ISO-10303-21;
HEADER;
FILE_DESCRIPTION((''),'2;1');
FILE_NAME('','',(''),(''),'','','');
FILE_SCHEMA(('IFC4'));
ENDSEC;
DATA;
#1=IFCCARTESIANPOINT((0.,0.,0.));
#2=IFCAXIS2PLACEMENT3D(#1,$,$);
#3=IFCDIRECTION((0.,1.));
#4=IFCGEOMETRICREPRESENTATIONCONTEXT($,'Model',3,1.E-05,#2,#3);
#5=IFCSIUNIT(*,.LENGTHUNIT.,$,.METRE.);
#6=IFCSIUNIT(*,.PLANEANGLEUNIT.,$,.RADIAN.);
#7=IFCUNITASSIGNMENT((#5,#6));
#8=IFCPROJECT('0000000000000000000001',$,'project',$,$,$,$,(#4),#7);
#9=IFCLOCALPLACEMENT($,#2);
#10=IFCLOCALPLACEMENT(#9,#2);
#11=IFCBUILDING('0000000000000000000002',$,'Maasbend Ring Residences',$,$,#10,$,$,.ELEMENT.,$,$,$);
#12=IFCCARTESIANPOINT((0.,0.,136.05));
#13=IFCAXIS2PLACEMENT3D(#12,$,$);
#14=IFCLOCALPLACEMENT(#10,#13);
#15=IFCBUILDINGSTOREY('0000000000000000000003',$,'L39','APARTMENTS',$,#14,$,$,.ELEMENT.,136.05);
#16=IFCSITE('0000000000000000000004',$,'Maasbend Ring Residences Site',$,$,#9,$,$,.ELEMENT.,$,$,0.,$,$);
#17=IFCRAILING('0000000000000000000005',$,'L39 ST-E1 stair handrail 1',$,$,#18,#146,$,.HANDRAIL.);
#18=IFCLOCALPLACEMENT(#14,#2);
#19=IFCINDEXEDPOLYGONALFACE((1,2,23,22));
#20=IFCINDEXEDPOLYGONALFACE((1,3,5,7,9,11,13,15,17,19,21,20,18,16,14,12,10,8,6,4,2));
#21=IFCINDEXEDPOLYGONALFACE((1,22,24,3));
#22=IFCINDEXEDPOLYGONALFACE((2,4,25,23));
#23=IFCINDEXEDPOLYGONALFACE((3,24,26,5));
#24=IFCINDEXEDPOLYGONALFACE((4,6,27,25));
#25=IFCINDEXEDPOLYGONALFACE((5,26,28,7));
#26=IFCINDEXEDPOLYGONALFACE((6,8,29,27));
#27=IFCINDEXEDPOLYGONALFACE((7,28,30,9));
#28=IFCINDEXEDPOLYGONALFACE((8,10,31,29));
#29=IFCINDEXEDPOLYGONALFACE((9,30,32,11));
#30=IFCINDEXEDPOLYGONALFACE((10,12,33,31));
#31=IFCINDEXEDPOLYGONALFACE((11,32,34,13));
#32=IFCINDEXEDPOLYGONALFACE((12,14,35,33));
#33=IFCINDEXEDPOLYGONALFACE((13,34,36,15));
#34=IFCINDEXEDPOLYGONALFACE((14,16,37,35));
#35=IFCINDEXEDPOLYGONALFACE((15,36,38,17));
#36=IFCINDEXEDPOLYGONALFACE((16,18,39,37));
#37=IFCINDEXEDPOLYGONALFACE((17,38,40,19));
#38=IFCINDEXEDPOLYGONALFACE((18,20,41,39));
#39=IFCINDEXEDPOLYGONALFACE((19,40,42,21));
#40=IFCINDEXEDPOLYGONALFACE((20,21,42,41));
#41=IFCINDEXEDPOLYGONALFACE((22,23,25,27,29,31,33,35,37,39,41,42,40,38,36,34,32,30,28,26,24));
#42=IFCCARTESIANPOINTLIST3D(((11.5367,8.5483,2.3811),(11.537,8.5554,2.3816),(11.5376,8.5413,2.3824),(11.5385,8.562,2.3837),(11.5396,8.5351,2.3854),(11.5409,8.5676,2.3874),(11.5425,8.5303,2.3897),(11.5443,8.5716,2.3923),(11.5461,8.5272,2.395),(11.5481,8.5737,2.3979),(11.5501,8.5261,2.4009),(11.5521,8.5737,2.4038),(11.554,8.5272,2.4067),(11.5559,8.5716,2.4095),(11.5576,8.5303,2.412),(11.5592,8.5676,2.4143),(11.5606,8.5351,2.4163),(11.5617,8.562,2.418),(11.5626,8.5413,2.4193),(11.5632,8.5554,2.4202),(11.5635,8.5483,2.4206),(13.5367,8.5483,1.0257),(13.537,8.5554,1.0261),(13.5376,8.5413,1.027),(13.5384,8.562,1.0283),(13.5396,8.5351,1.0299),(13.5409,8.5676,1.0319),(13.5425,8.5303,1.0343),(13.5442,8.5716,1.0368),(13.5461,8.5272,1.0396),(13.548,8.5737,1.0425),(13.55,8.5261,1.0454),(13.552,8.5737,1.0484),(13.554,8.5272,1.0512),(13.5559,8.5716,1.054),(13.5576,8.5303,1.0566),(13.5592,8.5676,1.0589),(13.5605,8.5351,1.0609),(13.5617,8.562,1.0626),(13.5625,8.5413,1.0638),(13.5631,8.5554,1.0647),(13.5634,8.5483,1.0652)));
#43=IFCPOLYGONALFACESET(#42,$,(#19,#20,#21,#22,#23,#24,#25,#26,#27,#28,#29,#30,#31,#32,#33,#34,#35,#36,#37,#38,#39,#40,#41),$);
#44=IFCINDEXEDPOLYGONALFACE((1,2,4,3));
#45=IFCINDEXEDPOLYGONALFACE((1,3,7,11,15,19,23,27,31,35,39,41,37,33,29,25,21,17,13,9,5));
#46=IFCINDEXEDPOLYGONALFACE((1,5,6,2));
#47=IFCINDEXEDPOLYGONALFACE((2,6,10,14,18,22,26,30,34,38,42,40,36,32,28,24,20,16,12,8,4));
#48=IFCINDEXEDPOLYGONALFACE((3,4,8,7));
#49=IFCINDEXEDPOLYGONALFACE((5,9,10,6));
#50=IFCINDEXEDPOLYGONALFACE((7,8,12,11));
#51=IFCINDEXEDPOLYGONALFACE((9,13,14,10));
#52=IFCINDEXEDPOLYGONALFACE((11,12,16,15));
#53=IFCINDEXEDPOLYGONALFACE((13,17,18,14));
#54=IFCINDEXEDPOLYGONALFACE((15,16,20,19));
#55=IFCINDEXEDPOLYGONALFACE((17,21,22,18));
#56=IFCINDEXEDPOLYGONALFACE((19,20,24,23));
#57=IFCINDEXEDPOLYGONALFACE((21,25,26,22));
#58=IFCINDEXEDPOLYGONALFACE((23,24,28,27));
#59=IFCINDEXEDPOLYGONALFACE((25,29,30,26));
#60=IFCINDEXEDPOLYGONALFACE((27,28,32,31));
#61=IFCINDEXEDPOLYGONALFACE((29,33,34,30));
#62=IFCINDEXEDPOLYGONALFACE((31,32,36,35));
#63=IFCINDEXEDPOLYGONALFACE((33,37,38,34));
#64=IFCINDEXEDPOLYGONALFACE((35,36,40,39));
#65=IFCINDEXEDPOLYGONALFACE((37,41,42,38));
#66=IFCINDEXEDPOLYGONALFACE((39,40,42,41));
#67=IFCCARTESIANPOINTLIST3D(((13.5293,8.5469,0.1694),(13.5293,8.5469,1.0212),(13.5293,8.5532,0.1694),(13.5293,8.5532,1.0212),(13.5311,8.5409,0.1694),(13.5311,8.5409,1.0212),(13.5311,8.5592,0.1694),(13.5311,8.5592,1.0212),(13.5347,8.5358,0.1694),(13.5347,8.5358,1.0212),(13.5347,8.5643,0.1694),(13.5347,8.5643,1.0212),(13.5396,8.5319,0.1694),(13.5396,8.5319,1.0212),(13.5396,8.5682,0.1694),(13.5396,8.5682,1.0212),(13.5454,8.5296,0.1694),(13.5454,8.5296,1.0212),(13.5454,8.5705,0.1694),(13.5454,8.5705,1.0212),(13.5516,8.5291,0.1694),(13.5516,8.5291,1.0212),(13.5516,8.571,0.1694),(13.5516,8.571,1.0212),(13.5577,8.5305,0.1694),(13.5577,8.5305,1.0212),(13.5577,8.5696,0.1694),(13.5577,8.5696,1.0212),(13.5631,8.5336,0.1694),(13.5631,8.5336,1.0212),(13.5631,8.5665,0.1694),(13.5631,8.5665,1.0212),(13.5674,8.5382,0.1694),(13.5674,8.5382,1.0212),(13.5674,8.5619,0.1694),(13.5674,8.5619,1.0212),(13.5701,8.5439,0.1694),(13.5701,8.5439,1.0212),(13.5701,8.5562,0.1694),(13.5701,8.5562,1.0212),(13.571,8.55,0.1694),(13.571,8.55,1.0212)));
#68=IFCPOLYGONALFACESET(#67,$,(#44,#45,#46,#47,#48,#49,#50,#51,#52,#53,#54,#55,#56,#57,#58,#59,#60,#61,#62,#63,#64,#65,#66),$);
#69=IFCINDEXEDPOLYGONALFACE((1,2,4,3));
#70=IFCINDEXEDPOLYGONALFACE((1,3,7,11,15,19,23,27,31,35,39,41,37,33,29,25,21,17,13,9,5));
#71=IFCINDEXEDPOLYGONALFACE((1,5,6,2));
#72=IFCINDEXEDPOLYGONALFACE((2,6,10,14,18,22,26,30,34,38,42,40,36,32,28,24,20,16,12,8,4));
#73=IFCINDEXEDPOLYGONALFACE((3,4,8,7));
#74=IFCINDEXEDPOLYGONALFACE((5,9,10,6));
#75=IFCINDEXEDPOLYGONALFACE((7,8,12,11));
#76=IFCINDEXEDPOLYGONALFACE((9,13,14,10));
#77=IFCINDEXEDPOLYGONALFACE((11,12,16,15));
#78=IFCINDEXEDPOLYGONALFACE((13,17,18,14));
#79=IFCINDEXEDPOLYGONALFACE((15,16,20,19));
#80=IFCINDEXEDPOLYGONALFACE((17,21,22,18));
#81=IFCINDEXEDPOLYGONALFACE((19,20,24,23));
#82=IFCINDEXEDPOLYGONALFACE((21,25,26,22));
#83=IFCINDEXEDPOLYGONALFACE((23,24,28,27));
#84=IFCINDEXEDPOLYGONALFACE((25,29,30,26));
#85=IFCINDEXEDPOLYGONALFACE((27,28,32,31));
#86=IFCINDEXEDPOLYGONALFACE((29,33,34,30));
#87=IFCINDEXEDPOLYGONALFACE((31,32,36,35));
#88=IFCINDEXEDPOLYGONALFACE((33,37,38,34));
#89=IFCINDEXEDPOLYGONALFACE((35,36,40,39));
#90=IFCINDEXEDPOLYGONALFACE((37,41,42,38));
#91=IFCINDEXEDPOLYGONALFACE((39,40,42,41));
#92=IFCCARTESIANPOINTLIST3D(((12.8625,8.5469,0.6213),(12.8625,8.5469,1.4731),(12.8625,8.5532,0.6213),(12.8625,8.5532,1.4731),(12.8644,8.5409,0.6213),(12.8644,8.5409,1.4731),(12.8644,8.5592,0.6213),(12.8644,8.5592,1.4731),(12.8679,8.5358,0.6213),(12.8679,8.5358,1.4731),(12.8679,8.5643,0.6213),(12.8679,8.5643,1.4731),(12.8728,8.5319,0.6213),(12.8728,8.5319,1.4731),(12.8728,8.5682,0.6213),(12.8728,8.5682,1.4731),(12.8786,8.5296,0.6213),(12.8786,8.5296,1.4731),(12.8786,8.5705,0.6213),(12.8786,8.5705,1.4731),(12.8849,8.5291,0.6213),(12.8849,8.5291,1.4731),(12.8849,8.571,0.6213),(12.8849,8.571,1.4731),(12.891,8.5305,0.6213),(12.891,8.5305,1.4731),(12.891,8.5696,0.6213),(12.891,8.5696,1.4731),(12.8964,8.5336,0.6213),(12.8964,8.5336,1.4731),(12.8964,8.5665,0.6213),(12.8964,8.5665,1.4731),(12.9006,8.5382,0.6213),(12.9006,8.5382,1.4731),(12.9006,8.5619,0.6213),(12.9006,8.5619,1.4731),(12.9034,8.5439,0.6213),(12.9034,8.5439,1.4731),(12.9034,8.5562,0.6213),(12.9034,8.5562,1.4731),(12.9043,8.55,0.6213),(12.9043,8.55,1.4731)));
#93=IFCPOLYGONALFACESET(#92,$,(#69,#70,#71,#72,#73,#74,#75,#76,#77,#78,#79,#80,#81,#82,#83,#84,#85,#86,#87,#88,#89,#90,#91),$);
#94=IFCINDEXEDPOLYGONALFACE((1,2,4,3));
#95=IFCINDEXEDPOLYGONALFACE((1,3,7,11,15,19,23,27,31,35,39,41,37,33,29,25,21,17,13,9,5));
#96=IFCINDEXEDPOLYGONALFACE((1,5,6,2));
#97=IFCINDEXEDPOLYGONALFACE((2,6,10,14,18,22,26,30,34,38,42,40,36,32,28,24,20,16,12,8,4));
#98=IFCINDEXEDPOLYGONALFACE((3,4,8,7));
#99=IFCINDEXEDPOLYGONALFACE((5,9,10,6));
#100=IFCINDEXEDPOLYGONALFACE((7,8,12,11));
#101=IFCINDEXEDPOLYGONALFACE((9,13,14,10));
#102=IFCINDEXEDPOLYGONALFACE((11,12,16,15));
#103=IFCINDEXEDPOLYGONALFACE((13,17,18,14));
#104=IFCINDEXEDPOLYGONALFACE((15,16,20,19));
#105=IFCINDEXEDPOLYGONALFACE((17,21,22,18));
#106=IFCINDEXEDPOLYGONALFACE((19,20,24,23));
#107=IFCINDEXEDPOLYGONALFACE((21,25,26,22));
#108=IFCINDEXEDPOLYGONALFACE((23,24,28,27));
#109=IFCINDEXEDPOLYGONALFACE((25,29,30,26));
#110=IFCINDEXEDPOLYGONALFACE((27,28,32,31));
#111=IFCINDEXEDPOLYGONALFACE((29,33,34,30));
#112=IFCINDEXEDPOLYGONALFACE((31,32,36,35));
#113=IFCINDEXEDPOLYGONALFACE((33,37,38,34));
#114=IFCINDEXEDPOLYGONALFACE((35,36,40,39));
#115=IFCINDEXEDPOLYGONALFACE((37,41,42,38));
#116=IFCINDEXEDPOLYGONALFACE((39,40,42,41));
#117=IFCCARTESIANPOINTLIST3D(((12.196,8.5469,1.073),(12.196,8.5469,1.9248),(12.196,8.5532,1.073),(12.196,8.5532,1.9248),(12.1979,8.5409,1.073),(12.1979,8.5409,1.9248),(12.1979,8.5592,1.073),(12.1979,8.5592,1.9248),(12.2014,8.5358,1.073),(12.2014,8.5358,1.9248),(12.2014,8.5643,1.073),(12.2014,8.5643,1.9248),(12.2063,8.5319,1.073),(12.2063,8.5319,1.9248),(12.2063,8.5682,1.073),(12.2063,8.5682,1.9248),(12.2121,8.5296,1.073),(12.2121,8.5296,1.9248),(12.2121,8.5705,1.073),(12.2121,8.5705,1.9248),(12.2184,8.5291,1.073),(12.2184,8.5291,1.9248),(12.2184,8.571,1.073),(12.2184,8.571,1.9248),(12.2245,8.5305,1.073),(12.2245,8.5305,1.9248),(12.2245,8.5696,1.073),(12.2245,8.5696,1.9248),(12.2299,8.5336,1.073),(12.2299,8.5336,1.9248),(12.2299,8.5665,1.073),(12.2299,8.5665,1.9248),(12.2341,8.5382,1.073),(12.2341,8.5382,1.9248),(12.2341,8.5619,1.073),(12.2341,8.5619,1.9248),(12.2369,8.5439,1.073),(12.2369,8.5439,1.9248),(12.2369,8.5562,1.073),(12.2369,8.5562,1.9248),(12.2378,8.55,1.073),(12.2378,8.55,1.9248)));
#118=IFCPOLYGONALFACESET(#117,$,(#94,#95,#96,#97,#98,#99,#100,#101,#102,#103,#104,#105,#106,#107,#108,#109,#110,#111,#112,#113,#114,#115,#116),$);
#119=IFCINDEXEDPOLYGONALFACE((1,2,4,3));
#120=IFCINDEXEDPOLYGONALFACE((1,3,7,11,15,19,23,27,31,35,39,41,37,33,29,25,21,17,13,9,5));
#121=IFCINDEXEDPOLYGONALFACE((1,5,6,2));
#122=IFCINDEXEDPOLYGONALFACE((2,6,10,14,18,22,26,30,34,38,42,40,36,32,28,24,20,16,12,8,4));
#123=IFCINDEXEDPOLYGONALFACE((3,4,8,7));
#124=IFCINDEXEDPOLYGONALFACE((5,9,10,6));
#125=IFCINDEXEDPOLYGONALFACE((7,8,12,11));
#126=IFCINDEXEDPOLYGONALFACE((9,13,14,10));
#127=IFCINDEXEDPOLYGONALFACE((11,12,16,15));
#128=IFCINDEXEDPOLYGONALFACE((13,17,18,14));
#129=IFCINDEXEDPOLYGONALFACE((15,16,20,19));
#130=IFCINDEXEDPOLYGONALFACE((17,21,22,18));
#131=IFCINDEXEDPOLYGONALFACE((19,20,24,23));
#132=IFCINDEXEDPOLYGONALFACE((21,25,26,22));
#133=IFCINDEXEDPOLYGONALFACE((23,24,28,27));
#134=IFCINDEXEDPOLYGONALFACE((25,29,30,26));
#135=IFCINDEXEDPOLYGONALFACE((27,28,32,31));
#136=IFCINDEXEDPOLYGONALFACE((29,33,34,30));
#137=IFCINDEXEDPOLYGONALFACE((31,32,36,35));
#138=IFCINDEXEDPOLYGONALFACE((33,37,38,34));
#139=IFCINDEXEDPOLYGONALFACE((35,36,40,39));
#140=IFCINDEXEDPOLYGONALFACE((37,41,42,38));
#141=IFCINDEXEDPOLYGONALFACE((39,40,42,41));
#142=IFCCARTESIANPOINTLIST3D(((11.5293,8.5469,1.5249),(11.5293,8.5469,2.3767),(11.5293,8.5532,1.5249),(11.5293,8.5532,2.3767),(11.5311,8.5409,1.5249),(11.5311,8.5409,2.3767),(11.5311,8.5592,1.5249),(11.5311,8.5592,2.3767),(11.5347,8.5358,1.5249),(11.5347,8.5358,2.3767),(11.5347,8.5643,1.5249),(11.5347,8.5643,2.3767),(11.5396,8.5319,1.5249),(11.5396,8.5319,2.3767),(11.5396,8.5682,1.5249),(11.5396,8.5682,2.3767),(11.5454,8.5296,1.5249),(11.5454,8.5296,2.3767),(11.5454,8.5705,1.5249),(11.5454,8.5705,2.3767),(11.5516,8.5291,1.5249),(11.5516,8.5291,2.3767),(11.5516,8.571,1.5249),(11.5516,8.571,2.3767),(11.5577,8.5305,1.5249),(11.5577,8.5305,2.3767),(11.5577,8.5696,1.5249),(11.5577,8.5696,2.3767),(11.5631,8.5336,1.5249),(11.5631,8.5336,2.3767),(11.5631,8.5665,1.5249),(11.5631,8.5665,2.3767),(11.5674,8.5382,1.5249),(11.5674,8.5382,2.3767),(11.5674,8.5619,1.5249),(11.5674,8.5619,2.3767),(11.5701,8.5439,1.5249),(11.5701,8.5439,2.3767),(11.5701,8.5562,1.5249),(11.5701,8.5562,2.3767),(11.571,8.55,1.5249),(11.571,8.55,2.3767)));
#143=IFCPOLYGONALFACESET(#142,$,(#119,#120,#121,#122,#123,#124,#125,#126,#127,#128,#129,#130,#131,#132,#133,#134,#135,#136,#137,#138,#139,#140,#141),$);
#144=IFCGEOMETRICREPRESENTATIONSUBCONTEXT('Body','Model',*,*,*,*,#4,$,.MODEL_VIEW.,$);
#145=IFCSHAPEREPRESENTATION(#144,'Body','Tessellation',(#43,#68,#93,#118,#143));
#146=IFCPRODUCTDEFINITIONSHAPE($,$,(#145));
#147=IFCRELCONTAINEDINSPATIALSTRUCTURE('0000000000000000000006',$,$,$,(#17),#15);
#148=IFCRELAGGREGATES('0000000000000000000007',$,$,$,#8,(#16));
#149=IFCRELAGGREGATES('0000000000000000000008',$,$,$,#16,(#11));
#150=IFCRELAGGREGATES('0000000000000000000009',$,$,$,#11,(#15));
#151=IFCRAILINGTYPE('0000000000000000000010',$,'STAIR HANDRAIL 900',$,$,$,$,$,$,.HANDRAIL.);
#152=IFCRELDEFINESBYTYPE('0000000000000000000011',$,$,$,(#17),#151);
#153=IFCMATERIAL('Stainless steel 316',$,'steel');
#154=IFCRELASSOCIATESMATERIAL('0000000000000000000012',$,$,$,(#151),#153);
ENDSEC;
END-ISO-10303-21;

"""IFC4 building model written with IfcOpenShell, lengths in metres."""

from ifc_helpers import new_model, si_unit, direction, frame, origin, origin_2d, place, context, subcontext, project, spatial, circle, extrude, material, type_object, element, save


model = new_model("IFC4")

# Units and contexts
model_context = context("Model", 3, precision=1e-05, world=origin(), true_north=direction((0.0, 1.0)))
body_context = subcontext(model_context, "Body", "Model", "MODEL_VIEW")
ifc_project = project(units=[si_unit("LENGTHUNIT", "METRE"), si_unit("PLANEANGLEUNIT", "RADIAN")], contexts=[model_context])

# Site, building, storey
site_placement = place(None, origin())
site = spatial("IfcSite", under=ifc_project, at=site_placement, Name="Maasbend Ring Residences Site", CompositionType="ELEMENT", RefElevation=0.0)
building_placement = place(site_placement, origin())
building = spatial("IfcBuilding", under=site, at=building_placement, Name="Maasbend Ring Residences", CompositionType="ELEMENT")
storey_placement = place(building_placement, frame((0.0, 0.0, 136.05)))
storey = spatial("IfcBuildingStorey", under=building, at=storey_placement, Name="L39", Description="APARTMENTS", CompositionType="ELEMENT", Elevation=136.05)

# Railing
ifc_material_1 = material(Name="Stainless steel 316", Category="steel")
railing_type_1 = type_object("IfcRailingType", Name="STAIR HANDRAIL 900", PredefinedType="HANDRAIL", material=ifc_material_1)
railing_1_placement = place(storey_placement, frame((13.55, 8.55, 0.1694)))
element("IfcRailing", 1, at=railing_1_placement, inside=storey, type_object=railing_type_1, Name="L39 ST-E1 stair handrail 1", PredefinedType="HANDRAIL", context=body_context, shape_type="SweptSolid", body=[
    extrude(circle(Radius=0.0239, at=origin_2d()), frame((0.0, 0.0, 0.876), z_axis=(-0.827798, 0.0, 0.561027), x_axis=(0.0, -1.0, 0.0)), (0.0, 0.0, 1.0), 2.416),
    extrude(circle(Radius=0.021, at=origin_2d()), origin(), (0.0, 0.0, 1.0), 0.8518),
    extrude(circle(Radius=0.021, at=origin_2d()), frame((-0.6667, 0.0, 0.4519)), (0.0, 0.0, 1.0), 0.8518),
    extrude(circle(Radius=0.021, at=origin_2d()), frame((-1.3333, 0.0, 0.9036)), (0.0, 0.0, 1.0), 0.8518),
    extrude(circle(Radius=0.021, at=origin_2d()), frame((-2.0, 0.0, 1.3555)), (0.0, 0.0, 1.0), 0.8518),
])

save(model, "model.ifc")
